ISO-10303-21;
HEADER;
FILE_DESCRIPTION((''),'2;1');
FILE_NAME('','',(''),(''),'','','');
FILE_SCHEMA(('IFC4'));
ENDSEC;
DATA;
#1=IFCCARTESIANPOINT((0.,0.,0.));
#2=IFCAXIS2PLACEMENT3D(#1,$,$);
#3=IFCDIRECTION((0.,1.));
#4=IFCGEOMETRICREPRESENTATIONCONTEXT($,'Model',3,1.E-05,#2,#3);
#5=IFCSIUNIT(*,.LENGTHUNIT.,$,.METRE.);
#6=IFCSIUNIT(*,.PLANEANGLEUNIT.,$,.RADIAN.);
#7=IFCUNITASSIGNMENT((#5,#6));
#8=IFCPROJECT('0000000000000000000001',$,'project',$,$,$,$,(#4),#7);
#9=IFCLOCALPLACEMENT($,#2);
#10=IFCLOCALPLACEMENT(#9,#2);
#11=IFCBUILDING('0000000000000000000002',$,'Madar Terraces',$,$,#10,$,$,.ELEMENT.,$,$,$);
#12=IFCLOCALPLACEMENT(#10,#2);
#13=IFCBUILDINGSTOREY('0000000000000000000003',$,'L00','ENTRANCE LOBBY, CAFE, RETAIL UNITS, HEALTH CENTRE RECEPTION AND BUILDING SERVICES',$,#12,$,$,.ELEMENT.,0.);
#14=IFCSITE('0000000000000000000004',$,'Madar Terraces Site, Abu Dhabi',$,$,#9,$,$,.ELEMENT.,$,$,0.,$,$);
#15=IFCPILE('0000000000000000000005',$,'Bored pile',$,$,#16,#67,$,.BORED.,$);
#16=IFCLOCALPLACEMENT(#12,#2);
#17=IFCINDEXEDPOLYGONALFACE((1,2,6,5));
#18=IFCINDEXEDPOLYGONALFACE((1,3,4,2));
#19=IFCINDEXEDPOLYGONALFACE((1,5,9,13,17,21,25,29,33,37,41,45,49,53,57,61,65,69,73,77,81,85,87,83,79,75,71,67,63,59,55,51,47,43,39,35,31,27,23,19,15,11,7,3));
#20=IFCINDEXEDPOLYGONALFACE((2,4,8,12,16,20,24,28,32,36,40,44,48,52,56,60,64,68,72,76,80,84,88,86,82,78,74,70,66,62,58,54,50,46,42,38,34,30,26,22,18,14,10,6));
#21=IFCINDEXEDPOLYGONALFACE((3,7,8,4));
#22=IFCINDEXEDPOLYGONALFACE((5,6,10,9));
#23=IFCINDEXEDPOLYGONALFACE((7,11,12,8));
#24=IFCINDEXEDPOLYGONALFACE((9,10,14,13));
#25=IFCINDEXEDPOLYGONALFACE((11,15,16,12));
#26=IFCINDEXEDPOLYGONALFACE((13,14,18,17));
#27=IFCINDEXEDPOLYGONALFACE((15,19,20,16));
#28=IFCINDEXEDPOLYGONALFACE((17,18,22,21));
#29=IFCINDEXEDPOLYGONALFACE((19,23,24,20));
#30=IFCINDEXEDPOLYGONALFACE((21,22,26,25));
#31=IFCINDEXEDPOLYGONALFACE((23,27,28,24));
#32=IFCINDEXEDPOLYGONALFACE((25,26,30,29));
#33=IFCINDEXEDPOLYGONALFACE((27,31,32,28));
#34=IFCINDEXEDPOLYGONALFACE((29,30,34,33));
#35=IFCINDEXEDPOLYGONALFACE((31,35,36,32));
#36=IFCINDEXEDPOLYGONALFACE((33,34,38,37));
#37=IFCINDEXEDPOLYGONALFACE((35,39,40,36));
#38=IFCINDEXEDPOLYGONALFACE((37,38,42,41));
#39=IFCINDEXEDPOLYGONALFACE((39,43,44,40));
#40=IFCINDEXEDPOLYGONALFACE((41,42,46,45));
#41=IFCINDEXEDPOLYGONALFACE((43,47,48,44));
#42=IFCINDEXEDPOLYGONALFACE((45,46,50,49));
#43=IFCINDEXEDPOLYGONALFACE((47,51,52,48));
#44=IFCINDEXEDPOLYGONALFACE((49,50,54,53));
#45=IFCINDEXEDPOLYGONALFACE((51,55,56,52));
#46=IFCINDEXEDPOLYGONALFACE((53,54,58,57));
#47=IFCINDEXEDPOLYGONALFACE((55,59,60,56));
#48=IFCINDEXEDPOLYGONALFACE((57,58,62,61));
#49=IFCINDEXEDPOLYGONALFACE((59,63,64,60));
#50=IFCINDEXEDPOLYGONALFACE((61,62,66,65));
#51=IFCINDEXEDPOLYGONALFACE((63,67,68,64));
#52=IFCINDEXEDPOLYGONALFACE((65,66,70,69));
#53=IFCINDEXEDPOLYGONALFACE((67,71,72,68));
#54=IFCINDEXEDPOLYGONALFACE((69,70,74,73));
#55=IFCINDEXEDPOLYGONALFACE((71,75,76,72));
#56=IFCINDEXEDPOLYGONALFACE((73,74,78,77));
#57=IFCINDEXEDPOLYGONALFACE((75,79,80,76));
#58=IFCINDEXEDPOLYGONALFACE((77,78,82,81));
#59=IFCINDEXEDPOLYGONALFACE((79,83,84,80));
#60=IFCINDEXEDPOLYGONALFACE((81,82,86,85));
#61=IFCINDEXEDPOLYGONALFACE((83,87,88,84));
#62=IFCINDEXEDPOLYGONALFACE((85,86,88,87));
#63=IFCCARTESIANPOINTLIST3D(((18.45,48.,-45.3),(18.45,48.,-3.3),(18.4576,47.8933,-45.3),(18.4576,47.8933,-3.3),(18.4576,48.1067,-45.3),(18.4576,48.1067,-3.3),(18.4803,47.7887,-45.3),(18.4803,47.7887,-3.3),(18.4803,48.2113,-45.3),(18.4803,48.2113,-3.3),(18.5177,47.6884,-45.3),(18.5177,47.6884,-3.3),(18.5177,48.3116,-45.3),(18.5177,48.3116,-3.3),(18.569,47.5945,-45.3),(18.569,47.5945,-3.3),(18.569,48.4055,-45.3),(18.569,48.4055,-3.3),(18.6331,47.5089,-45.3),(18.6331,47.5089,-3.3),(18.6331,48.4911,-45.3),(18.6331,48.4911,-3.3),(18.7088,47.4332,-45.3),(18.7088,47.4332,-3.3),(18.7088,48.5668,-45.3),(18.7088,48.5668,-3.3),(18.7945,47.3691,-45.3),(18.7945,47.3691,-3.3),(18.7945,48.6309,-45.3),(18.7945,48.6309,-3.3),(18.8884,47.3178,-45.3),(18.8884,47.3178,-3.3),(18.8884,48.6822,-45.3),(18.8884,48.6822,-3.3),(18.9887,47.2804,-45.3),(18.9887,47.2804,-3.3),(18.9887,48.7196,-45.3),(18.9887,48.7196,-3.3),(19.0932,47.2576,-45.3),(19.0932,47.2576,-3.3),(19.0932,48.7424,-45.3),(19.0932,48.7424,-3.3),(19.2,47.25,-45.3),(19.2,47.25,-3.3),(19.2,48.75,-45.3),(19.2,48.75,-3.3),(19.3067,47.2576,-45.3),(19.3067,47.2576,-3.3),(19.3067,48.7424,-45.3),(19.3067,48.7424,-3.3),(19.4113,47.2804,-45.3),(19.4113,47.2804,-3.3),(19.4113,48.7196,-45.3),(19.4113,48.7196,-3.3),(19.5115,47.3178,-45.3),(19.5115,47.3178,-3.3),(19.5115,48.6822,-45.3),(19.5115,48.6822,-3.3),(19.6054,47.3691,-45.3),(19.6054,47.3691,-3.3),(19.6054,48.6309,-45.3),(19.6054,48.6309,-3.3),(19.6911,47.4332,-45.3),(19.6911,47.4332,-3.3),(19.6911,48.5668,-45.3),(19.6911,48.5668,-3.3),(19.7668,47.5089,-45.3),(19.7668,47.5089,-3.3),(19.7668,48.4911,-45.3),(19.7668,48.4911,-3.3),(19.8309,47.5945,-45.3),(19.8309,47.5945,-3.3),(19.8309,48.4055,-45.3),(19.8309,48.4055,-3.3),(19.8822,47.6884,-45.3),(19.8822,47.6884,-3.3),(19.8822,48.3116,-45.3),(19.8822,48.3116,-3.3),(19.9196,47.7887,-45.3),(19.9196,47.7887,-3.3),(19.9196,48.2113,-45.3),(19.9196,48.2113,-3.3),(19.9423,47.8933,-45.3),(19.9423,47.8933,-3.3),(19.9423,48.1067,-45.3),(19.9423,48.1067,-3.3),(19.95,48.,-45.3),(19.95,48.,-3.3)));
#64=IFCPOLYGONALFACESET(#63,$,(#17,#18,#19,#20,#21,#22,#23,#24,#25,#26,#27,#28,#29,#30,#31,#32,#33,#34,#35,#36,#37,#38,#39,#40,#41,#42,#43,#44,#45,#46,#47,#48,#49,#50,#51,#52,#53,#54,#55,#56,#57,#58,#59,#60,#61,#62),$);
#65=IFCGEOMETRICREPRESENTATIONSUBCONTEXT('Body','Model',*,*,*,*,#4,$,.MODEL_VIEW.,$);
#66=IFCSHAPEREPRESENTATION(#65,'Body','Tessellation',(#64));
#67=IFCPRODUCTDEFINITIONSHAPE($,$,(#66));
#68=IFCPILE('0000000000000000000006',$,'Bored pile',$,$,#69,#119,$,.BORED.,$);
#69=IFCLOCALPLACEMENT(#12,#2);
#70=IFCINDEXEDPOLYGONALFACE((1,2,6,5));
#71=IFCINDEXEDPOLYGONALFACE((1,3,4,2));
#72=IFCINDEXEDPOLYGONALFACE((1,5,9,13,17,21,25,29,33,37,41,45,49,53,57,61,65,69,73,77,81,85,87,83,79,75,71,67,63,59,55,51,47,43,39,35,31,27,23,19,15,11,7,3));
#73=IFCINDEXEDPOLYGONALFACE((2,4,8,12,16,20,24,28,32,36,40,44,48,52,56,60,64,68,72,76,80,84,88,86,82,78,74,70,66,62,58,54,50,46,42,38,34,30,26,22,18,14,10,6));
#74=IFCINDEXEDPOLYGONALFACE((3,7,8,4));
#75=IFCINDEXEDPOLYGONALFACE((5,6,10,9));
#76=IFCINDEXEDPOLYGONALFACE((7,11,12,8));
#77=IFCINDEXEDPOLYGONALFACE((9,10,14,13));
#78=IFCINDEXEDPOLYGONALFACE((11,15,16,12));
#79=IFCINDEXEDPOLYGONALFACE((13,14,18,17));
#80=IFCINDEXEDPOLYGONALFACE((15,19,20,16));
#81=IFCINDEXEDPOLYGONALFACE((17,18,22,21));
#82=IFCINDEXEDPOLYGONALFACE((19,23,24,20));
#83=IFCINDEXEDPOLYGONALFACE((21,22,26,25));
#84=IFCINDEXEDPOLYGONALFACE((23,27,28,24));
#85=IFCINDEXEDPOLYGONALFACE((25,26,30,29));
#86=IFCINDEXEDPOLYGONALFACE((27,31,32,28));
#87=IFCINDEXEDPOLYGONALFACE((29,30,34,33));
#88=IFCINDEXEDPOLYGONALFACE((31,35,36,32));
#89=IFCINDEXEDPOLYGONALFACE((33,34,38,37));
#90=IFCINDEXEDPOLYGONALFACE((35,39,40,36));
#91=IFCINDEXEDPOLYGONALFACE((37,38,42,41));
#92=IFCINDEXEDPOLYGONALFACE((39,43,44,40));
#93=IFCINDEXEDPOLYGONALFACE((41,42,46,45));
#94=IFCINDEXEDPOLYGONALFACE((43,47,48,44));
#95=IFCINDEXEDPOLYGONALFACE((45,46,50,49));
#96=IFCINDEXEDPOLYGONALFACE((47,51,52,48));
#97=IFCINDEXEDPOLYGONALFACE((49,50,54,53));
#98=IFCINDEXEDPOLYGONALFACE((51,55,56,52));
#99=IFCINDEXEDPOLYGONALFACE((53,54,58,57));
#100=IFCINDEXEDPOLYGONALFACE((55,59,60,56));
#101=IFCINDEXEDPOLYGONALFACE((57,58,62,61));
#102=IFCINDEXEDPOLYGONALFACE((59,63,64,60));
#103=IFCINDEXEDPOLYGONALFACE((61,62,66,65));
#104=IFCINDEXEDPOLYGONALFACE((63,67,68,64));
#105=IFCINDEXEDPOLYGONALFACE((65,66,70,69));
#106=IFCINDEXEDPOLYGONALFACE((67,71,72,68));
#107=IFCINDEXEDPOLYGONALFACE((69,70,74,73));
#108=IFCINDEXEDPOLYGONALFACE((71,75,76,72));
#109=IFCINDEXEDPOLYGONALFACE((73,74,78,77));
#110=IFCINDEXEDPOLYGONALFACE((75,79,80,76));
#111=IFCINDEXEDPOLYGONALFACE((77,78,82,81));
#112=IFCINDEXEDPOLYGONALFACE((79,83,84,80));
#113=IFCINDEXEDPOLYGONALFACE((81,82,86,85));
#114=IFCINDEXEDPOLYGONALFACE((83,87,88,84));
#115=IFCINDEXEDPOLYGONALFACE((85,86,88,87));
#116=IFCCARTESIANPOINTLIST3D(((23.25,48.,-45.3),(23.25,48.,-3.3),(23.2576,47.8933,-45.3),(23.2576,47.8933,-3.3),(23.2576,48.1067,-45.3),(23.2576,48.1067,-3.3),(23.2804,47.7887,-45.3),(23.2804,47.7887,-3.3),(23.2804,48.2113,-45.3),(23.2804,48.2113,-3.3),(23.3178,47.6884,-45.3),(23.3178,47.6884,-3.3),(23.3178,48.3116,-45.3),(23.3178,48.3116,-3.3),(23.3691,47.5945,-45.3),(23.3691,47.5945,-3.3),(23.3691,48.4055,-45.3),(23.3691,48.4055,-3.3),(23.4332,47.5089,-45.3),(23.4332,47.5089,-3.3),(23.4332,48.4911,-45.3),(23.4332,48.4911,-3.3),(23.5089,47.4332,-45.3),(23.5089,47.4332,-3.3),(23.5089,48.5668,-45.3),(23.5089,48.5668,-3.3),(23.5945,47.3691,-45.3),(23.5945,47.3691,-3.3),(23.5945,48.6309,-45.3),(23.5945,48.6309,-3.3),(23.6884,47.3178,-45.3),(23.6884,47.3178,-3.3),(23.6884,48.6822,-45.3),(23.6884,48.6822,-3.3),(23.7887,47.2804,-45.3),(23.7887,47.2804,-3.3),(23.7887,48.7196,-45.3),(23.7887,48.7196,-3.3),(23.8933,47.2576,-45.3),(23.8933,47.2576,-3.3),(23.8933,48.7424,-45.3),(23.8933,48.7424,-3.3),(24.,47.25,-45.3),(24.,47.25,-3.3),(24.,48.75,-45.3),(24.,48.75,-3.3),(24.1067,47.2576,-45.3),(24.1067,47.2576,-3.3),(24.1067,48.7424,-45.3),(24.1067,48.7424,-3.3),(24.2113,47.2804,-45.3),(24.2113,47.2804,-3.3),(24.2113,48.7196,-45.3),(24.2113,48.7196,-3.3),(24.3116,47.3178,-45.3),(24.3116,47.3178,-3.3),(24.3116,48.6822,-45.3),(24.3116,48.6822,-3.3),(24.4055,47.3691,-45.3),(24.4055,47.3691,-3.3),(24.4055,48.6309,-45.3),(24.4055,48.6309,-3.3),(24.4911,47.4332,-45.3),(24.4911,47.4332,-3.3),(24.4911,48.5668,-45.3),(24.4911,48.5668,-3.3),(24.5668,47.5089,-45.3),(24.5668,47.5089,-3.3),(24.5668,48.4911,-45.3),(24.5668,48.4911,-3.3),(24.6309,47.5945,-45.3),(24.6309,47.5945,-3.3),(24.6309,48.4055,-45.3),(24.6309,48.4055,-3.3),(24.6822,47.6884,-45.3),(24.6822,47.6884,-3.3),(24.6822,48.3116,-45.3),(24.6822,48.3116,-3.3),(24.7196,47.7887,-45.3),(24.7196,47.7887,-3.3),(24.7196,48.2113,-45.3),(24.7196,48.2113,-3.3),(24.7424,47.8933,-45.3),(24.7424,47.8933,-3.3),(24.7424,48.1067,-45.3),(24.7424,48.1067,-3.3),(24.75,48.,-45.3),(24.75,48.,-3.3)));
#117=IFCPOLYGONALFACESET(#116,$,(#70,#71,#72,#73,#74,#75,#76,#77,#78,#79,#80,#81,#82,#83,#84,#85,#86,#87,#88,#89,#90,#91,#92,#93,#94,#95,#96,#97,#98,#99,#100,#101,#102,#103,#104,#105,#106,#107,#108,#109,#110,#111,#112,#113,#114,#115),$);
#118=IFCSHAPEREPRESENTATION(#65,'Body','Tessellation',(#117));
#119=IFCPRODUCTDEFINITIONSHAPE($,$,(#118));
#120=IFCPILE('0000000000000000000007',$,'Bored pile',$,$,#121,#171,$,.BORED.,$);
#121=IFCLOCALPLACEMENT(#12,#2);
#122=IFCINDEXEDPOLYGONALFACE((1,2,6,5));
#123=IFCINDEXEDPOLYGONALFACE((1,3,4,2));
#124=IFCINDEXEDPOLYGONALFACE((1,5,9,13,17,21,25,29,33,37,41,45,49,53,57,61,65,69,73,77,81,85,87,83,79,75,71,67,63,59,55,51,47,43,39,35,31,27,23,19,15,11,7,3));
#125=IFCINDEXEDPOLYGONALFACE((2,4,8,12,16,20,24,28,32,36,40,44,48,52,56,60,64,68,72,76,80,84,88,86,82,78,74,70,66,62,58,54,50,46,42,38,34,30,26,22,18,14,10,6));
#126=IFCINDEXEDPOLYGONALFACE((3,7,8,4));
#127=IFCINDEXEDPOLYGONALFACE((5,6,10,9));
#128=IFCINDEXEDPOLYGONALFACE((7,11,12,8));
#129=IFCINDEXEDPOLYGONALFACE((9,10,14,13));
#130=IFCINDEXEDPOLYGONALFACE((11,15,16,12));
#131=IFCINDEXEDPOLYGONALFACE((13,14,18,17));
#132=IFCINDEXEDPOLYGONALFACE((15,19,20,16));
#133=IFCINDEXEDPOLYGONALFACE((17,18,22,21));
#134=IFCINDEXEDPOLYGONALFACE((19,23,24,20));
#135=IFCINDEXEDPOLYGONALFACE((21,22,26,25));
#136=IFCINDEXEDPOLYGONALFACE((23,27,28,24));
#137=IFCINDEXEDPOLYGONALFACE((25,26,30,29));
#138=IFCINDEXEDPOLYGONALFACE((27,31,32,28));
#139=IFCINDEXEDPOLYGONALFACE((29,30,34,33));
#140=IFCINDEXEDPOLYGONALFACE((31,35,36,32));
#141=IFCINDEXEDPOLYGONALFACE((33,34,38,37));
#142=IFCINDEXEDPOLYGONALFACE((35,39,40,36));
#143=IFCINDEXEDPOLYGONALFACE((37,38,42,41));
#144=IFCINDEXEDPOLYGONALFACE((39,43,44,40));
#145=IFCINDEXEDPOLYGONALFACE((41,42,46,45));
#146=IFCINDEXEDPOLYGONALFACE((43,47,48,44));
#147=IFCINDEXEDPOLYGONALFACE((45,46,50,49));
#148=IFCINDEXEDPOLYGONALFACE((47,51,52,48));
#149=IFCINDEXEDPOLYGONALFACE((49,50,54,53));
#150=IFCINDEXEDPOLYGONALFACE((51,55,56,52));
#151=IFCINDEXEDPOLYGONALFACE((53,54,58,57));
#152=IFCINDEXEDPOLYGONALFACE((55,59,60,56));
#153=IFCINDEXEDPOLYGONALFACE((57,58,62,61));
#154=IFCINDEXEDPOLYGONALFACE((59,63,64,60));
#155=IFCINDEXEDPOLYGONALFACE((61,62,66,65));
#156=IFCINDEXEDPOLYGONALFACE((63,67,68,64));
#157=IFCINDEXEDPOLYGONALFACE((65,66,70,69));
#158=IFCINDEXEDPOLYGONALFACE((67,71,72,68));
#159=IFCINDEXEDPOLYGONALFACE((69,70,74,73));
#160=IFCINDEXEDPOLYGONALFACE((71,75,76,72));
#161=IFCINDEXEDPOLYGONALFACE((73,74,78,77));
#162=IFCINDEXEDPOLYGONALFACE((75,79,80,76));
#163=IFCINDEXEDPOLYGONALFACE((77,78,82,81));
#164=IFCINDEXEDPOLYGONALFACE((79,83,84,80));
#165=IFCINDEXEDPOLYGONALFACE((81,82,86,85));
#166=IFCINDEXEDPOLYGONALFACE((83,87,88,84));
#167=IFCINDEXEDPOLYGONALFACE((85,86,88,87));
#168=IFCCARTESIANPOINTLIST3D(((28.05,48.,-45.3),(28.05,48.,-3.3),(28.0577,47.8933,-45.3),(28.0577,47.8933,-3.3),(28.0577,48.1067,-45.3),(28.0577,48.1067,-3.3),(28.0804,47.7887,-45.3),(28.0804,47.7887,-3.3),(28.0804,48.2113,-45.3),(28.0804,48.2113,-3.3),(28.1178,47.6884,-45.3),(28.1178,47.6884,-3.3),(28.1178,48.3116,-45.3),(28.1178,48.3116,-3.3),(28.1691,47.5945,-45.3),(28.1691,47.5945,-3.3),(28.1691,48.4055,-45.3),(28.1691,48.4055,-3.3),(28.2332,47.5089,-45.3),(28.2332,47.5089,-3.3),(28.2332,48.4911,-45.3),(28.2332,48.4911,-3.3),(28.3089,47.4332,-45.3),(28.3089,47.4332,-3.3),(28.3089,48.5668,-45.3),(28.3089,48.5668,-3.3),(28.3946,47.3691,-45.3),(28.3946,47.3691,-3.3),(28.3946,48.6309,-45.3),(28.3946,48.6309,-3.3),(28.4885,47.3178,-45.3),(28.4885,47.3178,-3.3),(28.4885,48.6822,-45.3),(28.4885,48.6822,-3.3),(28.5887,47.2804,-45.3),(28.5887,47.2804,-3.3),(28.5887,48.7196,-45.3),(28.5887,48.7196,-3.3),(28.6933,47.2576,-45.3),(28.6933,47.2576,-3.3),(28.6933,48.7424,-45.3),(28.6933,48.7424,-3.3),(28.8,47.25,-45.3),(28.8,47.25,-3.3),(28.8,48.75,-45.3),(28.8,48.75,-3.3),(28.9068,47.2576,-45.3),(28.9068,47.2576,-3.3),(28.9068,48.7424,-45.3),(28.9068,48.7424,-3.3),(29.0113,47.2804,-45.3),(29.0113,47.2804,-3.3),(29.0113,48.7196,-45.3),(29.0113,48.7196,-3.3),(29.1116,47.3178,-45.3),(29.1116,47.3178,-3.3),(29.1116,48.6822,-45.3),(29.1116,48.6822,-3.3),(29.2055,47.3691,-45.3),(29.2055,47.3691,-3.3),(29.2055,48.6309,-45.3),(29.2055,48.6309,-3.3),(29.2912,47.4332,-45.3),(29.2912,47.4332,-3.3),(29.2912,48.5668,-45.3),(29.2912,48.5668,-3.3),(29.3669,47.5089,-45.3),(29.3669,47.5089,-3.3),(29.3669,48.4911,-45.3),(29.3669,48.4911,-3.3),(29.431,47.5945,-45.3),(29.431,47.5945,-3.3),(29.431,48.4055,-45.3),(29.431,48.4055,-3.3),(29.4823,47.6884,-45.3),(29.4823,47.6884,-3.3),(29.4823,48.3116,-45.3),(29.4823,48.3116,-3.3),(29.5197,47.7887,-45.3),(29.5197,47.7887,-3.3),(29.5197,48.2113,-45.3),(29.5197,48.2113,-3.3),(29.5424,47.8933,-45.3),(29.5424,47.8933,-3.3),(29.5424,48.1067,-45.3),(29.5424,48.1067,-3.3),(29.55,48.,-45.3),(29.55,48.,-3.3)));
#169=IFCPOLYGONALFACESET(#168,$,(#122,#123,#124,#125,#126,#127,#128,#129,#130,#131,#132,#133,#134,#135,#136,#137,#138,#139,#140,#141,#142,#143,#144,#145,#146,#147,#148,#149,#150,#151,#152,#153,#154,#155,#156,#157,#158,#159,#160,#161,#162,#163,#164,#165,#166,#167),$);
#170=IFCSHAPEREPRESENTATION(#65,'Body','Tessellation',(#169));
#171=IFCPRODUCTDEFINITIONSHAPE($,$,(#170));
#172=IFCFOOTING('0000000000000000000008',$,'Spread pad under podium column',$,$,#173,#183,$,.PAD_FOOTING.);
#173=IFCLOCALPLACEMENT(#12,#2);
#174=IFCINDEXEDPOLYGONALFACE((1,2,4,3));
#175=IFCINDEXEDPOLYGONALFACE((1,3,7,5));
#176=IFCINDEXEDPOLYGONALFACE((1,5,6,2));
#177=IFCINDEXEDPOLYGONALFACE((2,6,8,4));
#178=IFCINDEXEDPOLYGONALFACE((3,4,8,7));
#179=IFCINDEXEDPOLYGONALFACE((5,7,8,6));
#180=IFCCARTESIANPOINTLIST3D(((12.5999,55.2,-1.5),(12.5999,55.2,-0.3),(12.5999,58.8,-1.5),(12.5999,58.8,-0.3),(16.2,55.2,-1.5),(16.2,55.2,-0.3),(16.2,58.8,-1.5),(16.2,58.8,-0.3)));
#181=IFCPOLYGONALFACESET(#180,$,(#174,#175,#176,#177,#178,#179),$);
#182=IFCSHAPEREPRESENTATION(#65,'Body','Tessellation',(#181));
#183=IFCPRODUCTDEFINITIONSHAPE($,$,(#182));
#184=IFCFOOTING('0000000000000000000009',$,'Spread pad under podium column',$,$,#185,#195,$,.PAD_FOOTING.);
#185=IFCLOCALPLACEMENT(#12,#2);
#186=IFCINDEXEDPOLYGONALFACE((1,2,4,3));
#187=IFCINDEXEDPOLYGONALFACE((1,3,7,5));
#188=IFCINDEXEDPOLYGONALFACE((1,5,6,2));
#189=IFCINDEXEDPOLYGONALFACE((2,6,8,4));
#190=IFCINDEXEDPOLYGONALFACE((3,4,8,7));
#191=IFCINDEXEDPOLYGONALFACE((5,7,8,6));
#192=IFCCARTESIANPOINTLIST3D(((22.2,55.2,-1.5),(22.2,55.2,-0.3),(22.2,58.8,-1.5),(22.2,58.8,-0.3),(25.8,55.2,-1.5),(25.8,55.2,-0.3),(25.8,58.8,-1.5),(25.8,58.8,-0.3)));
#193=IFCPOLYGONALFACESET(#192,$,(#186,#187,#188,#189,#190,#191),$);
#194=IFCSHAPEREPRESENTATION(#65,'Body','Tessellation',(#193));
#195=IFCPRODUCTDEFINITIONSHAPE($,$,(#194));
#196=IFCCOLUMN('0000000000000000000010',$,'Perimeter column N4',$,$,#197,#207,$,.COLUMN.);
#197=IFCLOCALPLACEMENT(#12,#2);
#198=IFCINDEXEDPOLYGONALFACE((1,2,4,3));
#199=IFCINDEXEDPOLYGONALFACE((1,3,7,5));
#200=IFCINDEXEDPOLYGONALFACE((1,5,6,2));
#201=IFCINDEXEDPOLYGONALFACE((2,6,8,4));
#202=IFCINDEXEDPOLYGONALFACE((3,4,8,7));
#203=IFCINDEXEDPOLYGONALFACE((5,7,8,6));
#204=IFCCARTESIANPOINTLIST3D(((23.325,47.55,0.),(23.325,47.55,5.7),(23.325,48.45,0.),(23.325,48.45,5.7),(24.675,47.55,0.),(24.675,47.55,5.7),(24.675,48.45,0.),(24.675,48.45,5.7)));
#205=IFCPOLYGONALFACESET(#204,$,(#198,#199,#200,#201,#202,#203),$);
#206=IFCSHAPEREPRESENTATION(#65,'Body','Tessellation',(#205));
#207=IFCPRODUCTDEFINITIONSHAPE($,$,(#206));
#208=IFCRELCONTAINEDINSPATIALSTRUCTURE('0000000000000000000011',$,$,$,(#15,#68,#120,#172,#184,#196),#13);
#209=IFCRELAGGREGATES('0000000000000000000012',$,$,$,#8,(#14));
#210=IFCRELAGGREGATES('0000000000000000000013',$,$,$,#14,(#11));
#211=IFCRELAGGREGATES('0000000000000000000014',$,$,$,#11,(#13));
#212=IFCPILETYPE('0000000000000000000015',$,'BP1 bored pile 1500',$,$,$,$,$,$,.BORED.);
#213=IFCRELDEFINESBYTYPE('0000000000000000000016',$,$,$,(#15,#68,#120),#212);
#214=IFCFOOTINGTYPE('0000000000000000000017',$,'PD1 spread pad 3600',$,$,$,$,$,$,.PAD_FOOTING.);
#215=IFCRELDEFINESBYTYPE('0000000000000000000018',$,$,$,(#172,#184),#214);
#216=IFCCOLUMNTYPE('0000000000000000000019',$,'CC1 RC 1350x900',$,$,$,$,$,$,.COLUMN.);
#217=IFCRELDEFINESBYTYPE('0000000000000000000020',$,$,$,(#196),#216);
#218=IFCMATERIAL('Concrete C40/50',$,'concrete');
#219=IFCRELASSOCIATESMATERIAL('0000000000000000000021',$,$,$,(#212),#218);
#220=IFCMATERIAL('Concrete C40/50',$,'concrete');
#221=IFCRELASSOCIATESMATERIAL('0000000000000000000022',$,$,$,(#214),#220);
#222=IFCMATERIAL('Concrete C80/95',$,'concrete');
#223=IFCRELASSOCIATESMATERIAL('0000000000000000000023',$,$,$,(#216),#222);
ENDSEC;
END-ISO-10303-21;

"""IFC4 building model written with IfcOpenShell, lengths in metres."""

from ifc_helpers import new_model, si_unit, direction, frame, origin, origin_2d, place, context, subcontext, project, spatial, rectangle, circle, extrude, material, material_profile, profile_set, type_object, element, save


model = new_model("IFC4")

# Units and contexts
model_context = context("Model", 3, precision=1e-05, world=origin(), true_north=direction((0.0, 1.0)))
body_context = subcontext(model_context, "Body", "Model", "MODEL_VIEW")
ifc_project = project(units=[si_unit("LENGTHUNIT", "METRE"), si_unit("PLANEANGLEUNIT", "RADIAN")], contexts=[model_context])

# Site, building, storey
site_placement = place(None, origin())
site = spatial("IfcSite", under=ifc_project, at=site_placement, Name="Madar Terraces Site, Abu Dhabi", CompositionType="ELEMENT", RefElevation=0.0)
building_placement = place(site_placement, origin())
building = spatial("IfcBuilding", under=site, at=building_placement, Name="Madar Terraces", CompositionType="ELEMENT")
storey_placement = place(building_placement, origin())
storey = spatial("IfcBuildingStorey", under=building, at=storey_placement, Name="L00", Description="ENTRANCE LOBBY, CAFE, RETAIL UNITS, HEALTH CENTRE RECEPTION AND BUILDING SERVICES", CompositionType="ELEMENT", Elevation=0.0)

# Piles
ifc_material_1 = material(Name="Concrete C40/50", Category="concrete")
ifc_material_profile_1 = material_profile(ifc_material_1, circle(Radius=0.75, at=origin_2d()), Name="BP1 bored pile 1500")
ifc_profile_set_1 = profile_set([ifc_material_profile_1], Name="Concrete C40/50")
pile_type = type_object("IfcPileType", Name="BP1 bored pile 1500", PredefinedType="BORED", material=ifc_profile_set_1)
for number, where, z_axis, x_axis, name in (
    (1, (19.2, 48.0, -3.3), (0.0, 0.0, -1.0), (1.0, 0.0, 0.0), "Bored pile"),
    (2, (24.0, 48.0, -3.3), (0.0, 0.0, -1.0), (1.0, 0.0, 0.0), "Bored pile"),
    (3, (28.8, 48.0, -3.3), (0.0, 0.0, -1.0), (1.0, 0.0, 0.0), "Bored pile"),
):
    element("IfcPile", number, at=place(storey_placement, frame(where, z_axis=z_axis, x_axis=x_axis)), inside=storey, type_object=pile_type, Name=name, PredefinedType="BORED", context=body_context, shape_type="SweptSolid", body=[
        extrude(circle(Radius=0.75, at=origin_2d()), origin(), (0.0, 0.0, 1.0), 42.0),
    ])

# Footings
ifc_material_2 = material(Name="Concrete C40/50", Category="concrete")
footing_type = type_object("IfcFootingType", Name="PD1 spread pad 3600", PredefinedType="PAD_FOOTING", material=ifc_material_2)
for number, where, z_axis, x_axis, name in (
    (4, (14.3999, 57.0, -1.5), (0.0, 0.0, 1.0), (1.0, 0.0, 0.0), "Spread pad under podium column"),
    (5, (24.0, 57.0, -1.5), (0.0, 0.0, 1.0), (1.0, 0.0, 0.0), "Spread pad under podium column"),
):
    element("IfcFooting", number, at=place(storey_placement, frame(where, z_axis=z_axis, x_axis=x_axis)), inside=storey, type_object=footing_type, Name=name, PredefinedType="PAD_FOOTING", context=body_context, shape_type="SweptSolid", body=[
        extrude(rectangle(XDim=3.6001, YDim=3.6001, at=origin_2d()), origin(), (0.0, 0.0, 1.0), 1.2),
    ])

# Column
ifc_material_3 = material(Name="Concrete C80/95", Category="concrete")
ifc_material_profile_2 = material_profile(ifc_material_3, rectangle(XDim=1.3501, YDim=0.8999, at=origin_2d()), Name="CC1 RC 1350x900")
ifc_profile_set_2 = profile_set([ifc_material_profile_2], Name="Concrete C80/95")
column_type_1 = type_object("IfcColumnType", Name="CC1 RC 1350x900", PredefinedType="COLUMN", material=ifc_profile_set_2)
for number, where, z_axis, x_axis, name in (
    (6, (24.0, 48.0, 0.0), (0.0, 0.0, 1.0), (1.0, 0.0, 0.0), "Perimeter column N4"),
):
    element("IfcColumn", number, at=place(storey_placement, frame(where, z_axis=z_axis, x_axis=x_axis)), inside=storey, type_object=column_type_1, Name=name, PredefinedType="COLUMN", context=body_context, shape_type="SweptSolid", body=[
        extrude(rectangle(XDim=1.3501, YDim=0.8999, at=origin_2d()), origin(), (0.0, 0.0, 1.0), 5.7),
    ])

save(model, "model.ifc")
